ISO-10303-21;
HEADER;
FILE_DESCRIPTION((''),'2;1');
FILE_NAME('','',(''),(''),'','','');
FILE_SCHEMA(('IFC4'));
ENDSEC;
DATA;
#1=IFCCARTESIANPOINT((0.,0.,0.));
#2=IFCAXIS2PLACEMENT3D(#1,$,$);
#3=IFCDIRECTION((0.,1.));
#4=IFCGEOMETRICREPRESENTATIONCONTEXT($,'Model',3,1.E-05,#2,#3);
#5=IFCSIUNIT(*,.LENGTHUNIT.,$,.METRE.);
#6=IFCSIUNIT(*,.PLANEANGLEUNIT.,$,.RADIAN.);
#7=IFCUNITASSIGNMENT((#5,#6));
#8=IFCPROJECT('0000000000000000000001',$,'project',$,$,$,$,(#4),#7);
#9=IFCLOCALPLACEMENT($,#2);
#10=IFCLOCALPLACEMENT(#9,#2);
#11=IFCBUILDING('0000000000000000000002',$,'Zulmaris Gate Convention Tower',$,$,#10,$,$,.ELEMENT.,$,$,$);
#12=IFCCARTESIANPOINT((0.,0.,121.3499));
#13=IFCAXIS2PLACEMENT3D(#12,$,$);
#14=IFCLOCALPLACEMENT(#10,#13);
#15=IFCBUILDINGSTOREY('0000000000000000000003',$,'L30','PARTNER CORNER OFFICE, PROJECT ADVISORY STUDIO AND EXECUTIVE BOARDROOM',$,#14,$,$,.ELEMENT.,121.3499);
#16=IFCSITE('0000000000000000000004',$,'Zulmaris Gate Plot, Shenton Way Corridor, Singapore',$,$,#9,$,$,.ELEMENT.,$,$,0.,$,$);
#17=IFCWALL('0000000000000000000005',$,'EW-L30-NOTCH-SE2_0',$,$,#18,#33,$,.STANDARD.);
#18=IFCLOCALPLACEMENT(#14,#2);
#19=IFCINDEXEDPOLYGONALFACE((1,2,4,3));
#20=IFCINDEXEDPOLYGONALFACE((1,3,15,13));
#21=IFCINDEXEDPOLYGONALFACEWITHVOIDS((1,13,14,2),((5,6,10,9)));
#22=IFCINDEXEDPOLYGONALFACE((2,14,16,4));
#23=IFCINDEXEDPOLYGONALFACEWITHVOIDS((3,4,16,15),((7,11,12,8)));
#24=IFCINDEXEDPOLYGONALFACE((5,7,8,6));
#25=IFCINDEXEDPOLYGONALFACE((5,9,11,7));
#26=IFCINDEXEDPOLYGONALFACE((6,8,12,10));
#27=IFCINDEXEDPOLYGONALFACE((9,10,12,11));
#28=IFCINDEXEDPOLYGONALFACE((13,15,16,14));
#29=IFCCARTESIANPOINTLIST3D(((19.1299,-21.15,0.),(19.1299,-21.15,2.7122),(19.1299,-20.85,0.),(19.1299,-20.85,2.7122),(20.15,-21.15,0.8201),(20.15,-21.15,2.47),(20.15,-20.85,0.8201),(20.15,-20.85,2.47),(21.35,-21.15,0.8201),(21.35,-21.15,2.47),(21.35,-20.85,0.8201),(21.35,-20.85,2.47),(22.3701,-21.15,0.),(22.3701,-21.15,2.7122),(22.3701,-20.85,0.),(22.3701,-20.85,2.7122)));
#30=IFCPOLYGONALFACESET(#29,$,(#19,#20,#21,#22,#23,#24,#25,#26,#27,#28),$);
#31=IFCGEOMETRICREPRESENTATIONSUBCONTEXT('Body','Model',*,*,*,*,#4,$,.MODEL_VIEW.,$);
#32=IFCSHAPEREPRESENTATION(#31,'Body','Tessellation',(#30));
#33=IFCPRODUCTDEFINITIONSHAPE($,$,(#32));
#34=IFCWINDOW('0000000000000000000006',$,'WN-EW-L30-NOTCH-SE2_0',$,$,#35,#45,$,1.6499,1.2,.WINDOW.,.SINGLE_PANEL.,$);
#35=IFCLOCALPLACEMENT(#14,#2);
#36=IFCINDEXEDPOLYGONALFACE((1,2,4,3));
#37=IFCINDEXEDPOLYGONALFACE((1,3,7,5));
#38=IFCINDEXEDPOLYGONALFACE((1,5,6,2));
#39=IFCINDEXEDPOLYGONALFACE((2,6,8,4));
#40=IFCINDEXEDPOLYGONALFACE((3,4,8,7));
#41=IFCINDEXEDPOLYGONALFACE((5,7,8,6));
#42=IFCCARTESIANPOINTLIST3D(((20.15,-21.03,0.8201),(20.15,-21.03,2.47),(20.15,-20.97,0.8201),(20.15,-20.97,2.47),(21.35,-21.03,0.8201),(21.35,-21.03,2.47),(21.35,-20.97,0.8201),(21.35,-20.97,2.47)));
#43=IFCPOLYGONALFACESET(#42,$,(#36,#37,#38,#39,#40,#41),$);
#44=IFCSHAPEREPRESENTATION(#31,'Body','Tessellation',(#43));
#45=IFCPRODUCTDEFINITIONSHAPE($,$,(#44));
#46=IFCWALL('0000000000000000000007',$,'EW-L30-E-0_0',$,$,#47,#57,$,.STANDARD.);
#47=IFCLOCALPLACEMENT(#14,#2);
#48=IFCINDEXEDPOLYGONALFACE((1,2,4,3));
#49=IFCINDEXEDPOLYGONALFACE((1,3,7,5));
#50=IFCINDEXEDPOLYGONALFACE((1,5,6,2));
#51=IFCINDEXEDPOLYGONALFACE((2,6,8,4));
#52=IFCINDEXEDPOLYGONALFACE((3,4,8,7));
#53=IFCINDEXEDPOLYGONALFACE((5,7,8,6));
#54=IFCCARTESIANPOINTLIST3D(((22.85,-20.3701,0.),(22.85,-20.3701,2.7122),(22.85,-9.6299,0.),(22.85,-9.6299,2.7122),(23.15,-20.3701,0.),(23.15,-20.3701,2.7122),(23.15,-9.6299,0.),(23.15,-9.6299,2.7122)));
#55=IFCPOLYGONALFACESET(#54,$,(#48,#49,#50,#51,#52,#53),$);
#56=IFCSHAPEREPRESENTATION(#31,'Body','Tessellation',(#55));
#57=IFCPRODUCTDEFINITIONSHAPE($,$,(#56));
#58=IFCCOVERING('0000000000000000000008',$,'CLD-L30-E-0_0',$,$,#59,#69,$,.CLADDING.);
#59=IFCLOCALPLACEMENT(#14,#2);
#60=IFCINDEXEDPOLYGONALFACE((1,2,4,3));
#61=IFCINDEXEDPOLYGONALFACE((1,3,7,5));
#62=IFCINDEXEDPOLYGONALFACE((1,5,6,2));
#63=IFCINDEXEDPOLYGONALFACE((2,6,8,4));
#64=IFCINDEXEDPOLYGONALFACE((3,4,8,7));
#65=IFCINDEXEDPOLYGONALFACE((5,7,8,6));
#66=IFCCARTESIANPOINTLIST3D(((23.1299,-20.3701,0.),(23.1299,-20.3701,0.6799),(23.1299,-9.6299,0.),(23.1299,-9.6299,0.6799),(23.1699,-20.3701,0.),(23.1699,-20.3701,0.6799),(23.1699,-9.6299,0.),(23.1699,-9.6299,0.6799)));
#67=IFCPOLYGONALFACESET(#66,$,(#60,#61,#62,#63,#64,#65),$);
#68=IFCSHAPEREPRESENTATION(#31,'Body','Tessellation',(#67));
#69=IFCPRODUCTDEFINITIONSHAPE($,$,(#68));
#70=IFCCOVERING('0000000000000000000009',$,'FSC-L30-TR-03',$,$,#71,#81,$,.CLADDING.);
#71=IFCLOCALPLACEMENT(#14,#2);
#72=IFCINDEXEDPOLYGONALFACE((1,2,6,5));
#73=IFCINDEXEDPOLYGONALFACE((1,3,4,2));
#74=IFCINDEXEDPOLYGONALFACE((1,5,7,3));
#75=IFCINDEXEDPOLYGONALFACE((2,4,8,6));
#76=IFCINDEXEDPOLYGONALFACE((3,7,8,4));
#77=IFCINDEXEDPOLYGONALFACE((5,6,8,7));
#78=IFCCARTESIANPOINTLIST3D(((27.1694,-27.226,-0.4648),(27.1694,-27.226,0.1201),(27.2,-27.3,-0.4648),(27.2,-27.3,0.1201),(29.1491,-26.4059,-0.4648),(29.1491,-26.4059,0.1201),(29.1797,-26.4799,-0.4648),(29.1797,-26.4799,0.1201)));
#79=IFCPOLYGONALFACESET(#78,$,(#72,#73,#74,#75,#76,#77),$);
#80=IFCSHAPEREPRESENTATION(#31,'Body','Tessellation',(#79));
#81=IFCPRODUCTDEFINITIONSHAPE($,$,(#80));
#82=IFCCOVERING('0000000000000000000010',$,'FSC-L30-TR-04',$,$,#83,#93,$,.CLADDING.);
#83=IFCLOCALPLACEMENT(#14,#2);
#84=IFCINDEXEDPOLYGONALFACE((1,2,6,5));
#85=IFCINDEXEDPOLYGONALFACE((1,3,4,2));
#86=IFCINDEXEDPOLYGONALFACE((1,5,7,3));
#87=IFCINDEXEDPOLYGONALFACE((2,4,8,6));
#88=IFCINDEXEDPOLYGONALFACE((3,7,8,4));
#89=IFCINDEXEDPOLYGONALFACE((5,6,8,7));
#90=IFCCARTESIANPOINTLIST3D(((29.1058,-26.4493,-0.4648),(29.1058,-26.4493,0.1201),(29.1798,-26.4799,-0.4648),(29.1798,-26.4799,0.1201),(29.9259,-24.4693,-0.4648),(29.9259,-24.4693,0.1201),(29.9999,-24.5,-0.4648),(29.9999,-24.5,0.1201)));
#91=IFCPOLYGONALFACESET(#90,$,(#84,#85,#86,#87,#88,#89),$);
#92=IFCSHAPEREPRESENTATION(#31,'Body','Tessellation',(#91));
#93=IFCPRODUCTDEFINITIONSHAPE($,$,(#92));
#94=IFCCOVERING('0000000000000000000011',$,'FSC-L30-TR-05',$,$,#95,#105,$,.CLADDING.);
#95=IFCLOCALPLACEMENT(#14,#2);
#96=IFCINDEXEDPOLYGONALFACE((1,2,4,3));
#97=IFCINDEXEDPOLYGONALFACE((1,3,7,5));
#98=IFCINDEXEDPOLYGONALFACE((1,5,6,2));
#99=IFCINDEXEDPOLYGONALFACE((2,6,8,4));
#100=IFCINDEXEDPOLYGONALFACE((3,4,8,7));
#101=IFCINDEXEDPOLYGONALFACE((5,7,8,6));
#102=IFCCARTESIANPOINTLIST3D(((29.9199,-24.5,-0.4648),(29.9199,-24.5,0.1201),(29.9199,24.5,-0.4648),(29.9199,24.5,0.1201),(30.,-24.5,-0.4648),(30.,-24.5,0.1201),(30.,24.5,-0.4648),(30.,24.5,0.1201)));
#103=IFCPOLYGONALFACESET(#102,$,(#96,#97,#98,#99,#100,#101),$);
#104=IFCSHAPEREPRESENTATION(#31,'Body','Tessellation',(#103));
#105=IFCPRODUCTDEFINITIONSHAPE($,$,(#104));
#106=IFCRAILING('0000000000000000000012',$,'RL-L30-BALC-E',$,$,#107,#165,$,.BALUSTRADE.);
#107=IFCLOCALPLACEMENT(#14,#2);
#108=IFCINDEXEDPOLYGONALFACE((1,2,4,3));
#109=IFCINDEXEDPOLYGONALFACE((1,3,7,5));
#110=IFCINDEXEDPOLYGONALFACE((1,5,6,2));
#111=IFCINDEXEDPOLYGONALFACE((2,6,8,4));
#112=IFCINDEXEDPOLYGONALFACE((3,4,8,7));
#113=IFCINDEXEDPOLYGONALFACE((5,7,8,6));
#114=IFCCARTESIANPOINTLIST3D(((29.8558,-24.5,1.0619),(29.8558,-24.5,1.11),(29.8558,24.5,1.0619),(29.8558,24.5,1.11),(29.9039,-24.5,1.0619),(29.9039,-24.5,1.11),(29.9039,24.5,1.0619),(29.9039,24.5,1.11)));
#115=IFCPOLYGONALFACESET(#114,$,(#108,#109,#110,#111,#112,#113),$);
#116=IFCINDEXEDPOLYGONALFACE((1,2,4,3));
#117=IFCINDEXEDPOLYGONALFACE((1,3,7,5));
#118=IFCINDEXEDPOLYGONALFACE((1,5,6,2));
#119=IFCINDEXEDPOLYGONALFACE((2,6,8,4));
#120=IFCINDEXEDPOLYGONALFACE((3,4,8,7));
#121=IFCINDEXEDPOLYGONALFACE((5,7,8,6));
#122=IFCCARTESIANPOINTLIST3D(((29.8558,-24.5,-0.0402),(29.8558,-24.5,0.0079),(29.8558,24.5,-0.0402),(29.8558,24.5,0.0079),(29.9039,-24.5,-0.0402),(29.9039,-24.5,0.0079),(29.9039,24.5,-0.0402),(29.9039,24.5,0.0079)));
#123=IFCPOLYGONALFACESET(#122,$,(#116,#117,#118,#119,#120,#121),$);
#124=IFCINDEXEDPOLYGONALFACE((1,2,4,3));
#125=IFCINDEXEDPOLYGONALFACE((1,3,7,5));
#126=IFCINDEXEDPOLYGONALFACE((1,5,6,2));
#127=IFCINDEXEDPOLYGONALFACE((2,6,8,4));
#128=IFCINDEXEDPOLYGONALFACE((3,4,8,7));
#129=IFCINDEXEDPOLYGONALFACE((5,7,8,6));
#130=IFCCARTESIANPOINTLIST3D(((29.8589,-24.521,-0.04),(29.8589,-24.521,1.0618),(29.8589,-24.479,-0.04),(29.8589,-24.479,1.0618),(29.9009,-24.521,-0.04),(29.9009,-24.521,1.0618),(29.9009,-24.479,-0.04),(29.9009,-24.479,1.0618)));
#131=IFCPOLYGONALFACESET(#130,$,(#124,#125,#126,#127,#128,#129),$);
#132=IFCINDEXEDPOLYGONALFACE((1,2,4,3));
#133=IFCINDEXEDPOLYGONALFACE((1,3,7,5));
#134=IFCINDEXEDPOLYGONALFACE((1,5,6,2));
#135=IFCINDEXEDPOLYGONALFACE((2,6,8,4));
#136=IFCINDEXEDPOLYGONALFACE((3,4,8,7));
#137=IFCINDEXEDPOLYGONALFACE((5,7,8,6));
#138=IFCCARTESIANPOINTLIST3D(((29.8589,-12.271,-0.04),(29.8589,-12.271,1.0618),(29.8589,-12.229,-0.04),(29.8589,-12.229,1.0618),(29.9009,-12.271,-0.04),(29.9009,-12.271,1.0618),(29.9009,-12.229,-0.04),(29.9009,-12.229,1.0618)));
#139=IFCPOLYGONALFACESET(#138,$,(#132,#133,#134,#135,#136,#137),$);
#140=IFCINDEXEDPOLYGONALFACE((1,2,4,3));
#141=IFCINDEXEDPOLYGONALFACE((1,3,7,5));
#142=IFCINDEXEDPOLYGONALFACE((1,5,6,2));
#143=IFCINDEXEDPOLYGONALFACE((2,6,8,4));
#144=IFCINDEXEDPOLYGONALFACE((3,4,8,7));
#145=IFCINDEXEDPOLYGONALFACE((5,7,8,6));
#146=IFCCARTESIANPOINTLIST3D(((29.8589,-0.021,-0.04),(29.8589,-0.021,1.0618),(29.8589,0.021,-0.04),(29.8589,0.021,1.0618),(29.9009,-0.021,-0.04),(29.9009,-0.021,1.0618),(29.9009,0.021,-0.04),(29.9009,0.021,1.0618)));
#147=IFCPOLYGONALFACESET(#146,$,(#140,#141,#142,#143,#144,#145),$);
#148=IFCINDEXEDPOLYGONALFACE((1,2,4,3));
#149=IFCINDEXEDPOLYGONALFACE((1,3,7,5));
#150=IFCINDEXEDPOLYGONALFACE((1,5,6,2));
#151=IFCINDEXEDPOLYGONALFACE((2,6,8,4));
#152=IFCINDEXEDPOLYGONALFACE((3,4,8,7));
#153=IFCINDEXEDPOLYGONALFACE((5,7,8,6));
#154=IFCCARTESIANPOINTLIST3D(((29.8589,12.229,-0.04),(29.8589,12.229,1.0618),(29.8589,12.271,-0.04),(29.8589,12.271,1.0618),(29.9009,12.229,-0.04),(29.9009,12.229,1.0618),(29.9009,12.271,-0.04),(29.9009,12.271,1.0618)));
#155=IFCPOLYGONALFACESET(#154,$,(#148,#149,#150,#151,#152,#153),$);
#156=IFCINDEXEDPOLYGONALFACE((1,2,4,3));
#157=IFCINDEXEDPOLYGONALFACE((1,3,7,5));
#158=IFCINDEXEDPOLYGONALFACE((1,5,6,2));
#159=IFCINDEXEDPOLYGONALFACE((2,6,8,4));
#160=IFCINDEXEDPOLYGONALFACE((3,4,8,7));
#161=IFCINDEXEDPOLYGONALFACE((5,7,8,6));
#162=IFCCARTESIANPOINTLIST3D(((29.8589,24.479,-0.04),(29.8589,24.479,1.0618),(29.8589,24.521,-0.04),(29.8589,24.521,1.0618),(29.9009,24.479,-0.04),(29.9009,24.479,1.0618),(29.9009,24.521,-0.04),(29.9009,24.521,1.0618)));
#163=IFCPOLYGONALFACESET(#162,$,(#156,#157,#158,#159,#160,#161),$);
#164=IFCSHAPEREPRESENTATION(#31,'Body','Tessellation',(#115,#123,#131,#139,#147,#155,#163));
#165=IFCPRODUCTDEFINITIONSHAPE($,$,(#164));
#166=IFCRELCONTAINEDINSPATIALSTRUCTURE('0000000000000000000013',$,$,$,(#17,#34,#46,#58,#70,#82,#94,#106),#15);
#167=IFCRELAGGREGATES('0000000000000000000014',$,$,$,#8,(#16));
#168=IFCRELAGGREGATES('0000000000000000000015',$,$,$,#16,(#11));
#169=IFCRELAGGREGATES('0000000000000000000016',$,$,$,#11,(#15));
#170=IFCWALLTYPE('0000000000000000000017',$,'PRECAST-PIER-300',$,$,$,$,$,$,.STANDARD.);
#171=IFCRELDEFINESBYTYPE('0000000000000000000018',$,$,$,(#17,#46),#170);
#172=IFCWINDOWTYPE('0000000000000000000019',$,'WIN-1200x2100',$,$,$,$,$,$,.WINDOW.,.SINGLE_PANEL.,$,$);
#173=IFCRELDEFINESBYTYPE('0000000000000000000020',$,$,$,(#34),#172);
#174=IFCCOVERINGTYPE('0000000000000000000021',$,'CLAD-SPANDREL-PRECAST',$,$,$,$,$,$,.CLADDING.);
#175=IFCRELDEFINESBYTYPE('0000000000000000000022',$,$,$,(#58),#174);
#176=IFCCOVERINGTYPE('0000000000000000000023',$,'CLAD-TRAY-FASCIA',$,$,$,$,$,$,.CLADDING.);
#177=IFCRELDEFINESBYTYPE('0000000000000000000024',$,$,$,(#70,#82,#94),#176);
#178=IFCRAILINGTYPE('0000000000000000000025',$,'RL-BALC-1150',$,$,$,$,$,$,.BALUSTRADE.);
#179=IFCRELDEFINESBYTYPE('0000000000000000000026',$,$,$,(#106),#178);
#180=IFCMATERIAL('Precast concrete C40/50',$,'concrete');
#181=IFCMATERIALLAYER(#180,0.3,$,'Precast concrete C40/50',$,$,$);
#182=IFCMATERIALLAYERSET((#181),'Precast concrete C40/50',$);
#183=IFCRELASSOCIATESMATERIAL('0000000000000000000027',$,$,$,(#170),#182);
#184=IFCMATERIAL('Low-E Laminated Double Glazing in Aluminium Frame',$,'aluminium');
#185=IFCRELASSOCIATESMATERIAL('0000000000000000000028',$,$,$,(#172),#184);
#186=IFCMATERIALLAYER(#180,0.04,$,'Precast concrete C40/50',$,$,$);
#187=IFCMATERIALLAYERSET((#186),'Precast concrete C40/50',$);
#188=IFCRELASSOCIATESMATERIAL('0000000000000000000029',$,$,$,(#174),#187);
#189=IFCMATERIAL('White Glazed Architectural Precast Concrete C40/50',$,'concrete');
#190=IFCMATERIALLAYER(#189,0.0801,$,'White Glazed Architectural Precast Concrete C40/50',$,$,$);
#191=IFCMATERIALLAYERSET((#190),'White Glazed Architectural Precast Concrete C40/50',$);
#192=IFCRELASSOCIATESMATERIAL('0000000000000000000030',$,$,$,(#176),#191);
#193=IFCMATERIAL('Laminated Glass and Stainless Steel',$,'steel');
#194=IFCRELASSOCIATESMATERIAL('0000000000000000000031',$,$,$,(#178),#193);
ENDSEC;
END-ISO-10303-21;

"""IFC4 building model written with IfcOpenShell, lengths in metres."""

from ifc_helpers import new_model, si_unit, direction, frame, frame_2d, origin, origin_2d, place, context, subcontext, project, spatial, rectangle, extrude, material, layer, layer_set, type_object, element, fill, save


model = new_model("IFC4")

# Units and contexts
model_context = context("Model", 3, precision=1e-05, world=origin(), true_north=direction((0.0, 1.0)))
body_context = subcontext(model_context, "Body", "Model", "MODEL_VIEW")
ifc_project = project(units=[si_unit("LENGTHUNIT", "METRE"), si_unit("PLANEANGLEUNIT", "RADIAN")], contexts=[model_context])

# Site, building, storey
site_placement = place(None, origin())
site = spatial("IfcSite", under=ifc_project, at=site_placement, Name="Zulmaris Gate Plot, Shenton Way Corridor, Singapore", CompositionType="ELEMENT", RefElevation=0.0)
building_placement = place(site_placement, origin())
building = spatial("IfcBuilding", under=site, at=building_placement, Name="Zulmaris Gate Convention Tower", CompositionType="ELEMENT")
storey_placement = place(building_placement, frame((0.0, 0.0, 121.3499)))
storey = spatial("IfcBuildingStorey", under=building, at=storey_placement, Name="L30", Description="PARTNER CORNER OFFICE, PROJECT ADVISORY STUDIO AND EXECUTIVE BOARDROOM", CompositionType="ELEMENT", Elevation=121.3499)

# Wall, opening, window
ifc_material_1 = material(Name="Precast concrete C40/50", Category="concrete")
ifc_layer_1 = layer(ifc_material_1, 0.3, Name="Precast concrete C40/50")
ifc_layer_set_1 = layer_set([ifc_layer_1], Name="Precast concrete C40/50")
wall_type_1 = type_object("IfcWallType", Name="PRECAST-PIER-300", PredefinedType="STANDARD", material=ifc_layer_set_1)
ifc_material_2 = material(Name="Low-E Laminated Double Glazing in Aluminium Frame", Category="aluminium")
window_type = type_object("IfcWindowType", Name="WIN-1200x2100", PartitioningType="SINGLE_PANEL", PredefinedType="WINDOW", material=ifc_material_2)
wall_1_placement = place(storey_placement, frame((19.1299, -21.0, 0.0), z_axis=(0.0, 0.0, 1.0), x_axis=(1.0, 0.0, 0.0)))
wall_1 = element("IfcWall", 1, at=wall_1_placement, inside=storey, type_object=wall_type_1, Name="EW-L30-NOTCH-SE2_0", PredefinedType="STANDARD", context=body_context, shape_type="SweptSolid", body=[
    extrude(rectangle(XDim=3.2402, YDim=0.3, at=frame_2d((1.6201, 0.0))), origin(), (0.0, 0.0, 1.0), 2.7122),
])
opening_1_placement = place(wall_1_placement, frame((1.02, 0.0, 0.8201)))
opening_1 = element("IfcOpeningElement", 2, at=opening_1_placement, cuts=wall_1, PredefinedType="OPENING", context=body_context, shape_type="SweptSolid", body=[
    extrude(rectangle(XDim=1.2, YDim=1.6499, at=frame_2d((0.6001, 0.825))), frame((0.0, 0.1602, 0.0), z_axis=(0.0, -1.0, 0.0), x_axis=(1.0, 0.0, 0.0)), (0.0, 0.0, 1.0), 0.3201),
])
window_1_placement = place(opening_1_placement, origin())
window_1 = element("IfcWindow", 3, at=window_1_placement, inside=storey, type_object=window_type, Name="WN-EW-L30-NOTCH-SE2_0", OverallHeight=1.6499, OverallWidth=1.2, PartitioningType="SINGLE_PANEL", PredefinedType="WINDOW", context=body_context, shape_type="SweptSolid", body=[
    extrude(rectangle(XDim=1.2, YDim=1.6499, at=frame_2d((0.6001, 0.825))), frame((0.0, 0.03, 0.0), z_axis=(0.0, -1.0, 0.0), x_axis=(1.0, 0.0, 0.0)), (0.0, 0.0, 1.0), 0.0601),
])
fill(opening_1, window_1)

# Wall
wall_2_placement = place(storey_placement, frame((23.0, -20.3701, 0.0), z_axis=(0.0, 0.0, 1.0), x_axis=(0.0, 1.0, 0.0)))
element("IfcWall", 4, at=wall_2_placement, inside=storey, type_object=wall_type_1, Name="EW-L30-E-0_0", PredefinedType="STANDARD", context=body_context, shape_type="SweptSolid", body=[
    extrude(rectangle(XDim=10.7402, YDim=0.3, at=frame_2d((5.3701, 0.0))), origin(), (0.0, 0.0, 1.0), 2.7122),
])

# Coverings
ifc_layer_2 = layer(ifc_material_1, 0.04, Name="Precast concrete C40/50")
ifc_layer_set_2 = layer_set([ifc_layer_2], Name="Precast concrete C40/50")
covering_type_1 = type_object("IfcCoveringType", Name="CLAD-SPANDREL-PRECAST", PredefinedType="CLADDING", material=ifc_layer_set_2)
covering_1_placement = place(storey_placement, frame((23.1499, -20.3701, 0.0), z_axis=(0.0, 0.0, 1.0), x_axis=(0.0, 1.0, 0.0)))
element("IfcCovering", 5, at=covering_1_placement, inside=storey, type_object=covering_type_1, Name="CLD-L30-E-0_0", PredefinedType="CLADDING", context=body_context, shape_type="SweptSolid", body=[
    extrude(rectangle(XDim=10.7402, YDim=0.04, at=frame_2d((5.3701, 0.0))), origin(), (0.0, 0.0, 1.0), 0.6799),
])
ifc_material_3 = material(Name="White Glazed Architectural Precast Concrete C40/50", Category="concrete")
ifc_layer_3 = layer(ifc_material_3, 0.0801, Name="White Glazed Architectural Precast Concrete C40/50")
ifc_layer_set_3 = layer_set([ifc_layer_3], Name="White Glazed Architectural Precast Concrete C40/50")
covering_type_2 = type_object("IfcCoveringType", Name="CLAD-TRAY-FASCIA", PredefinedType="CLADDING", material=ifc_layer_set_3)
covering_2_placement = place(storey_placement, frame((27.1848, -27.2629, -0.4648), z_axis=(0.0, 0.0, 1.0), x_axis=(0.923874, 0.382697, 0.0)))
element("IfcCovering", 6, at=covering_2_placement, inside=storey, type_object=covering_type_2, Name="FSC-L30-TR-03", PredefinedType="CLADDING", context=body_context, shape_type="SweptSolid", body=[
    extrude(rectangle(XDim=2.1428, YDim=0.0801, at=frame_2d((1.0713, 0.0))), origin(), (0.0, 0.0, 1.0), 0.585),
])
covering_3_placement = place(storey_placement, frame((29.1428, -26.4646, -0.4648), z_axis=(0.0, 0.0, 1.0), x_axis=(0.382657, 0.92389, 0.0)))
element("IfcCovering", 7, at=covering_3_placement, inside=storey, type_object=covering_type_2, Name="FSC-L30-TR-04", PredefinedType="CLADDING", context=body_context, shape_type="SweptSolid", body=[
    extrude(rectangle(XDim=2.1431, YDim=0.0801, at=frame_2d((1.0715, 0.0))), origin(), (0.0, 0.0, 1.0), 0.585),
])
covering_4_placement = place(storey_placement, frame((29.96, -24.5, -0.4648), z_axis=(0.0, 0.0, 1.0), x_axis=(0.0, 1.0, 0.0)))
element("IfcCovering", 8, at=covering_4_placement, inside=storey, type_object=covering_type_2, Name="FSC-L30-TR-05", PredefinedType="CLADDING", context=body_context, shape_type="SweptSolid", body=[
    extrude(rectangle(XDim=49.0, YDim=0.0801, at=frame_2d((24.5, 0.0))), origin(), (0.0, 0.0, 1.0), 0.585),
])

# Railing
ifc_material_4 = material(Name="Laminated Glass and Stainless Steel", Category="steel")
railing_type = type_object("IfcRailingType", Name="RL-BALC-1150", PredefinedType="BALUSTRADE", material=ifc_material_4)
railing_placement = place(storey_placement, frame((29.8799, -24.5, -0.04)))
element("IfcRailing", 9, at=railing_placement, inside=storey, type_object=railing_type, Name="RL-L30-BALC-E", PredefinedType="BALUSTRADE", context=body_context, shape_type="SweptSolid", body=[
    extrude(rectangle(XDim=0.0481, YDim=0.0481, at=origin_2d()), frame((0.0, 0.0, 1.126), z_axis=(0.0, 1.0, 0.0), x_axis=(-1.0, 0.0, 0.0)), (0.0, 0.0, 1.0), 49.0),
    extrude(rectangle(XDim=0.0481, YDim=0.0481, at=origin_2d()), frame((0.0, 0.0, 0.0239), z_axis=(0.0, 1.0, 0.0), x_axis=(-1.0, 0.0, 0.0)), (0.0, 0.0, 1.0), 49.0),
    extrude(rectangle(XDim=0.042, YDim=0.042, at=origin_2d()), origin(), (0.0, 0.0, 1.0), 1.1018),
    extrude(rectangle(XDim=0.042, YDim=0.042, at=origin_2d()), frame((0.0, 12.25, 0.0)), (0.0, 0.0, 1.0), 1.1018),
    extrude(rectangle(XDim=0.042, YDim=0.042, at=origin_2d()), frame((0.0, 24.5, 0.0)), (0.0, 0.0, 1.0), 1.1018),
    extrude(rectangle(XDim=0.042, YDim=0.042, at=origin_2d()), frame((0.0, 36.75, 0.0)), (0.0, 0.0, 1.0), 1.1018),
    extrude(rectangle(XDim=0.042, YDim=0.042, at=origin_2d()), frame((0.0, 49.0, 0.0)), (0.0, 0.0, 1.0), 1.1018),
])

save(model, "model.ifc")
